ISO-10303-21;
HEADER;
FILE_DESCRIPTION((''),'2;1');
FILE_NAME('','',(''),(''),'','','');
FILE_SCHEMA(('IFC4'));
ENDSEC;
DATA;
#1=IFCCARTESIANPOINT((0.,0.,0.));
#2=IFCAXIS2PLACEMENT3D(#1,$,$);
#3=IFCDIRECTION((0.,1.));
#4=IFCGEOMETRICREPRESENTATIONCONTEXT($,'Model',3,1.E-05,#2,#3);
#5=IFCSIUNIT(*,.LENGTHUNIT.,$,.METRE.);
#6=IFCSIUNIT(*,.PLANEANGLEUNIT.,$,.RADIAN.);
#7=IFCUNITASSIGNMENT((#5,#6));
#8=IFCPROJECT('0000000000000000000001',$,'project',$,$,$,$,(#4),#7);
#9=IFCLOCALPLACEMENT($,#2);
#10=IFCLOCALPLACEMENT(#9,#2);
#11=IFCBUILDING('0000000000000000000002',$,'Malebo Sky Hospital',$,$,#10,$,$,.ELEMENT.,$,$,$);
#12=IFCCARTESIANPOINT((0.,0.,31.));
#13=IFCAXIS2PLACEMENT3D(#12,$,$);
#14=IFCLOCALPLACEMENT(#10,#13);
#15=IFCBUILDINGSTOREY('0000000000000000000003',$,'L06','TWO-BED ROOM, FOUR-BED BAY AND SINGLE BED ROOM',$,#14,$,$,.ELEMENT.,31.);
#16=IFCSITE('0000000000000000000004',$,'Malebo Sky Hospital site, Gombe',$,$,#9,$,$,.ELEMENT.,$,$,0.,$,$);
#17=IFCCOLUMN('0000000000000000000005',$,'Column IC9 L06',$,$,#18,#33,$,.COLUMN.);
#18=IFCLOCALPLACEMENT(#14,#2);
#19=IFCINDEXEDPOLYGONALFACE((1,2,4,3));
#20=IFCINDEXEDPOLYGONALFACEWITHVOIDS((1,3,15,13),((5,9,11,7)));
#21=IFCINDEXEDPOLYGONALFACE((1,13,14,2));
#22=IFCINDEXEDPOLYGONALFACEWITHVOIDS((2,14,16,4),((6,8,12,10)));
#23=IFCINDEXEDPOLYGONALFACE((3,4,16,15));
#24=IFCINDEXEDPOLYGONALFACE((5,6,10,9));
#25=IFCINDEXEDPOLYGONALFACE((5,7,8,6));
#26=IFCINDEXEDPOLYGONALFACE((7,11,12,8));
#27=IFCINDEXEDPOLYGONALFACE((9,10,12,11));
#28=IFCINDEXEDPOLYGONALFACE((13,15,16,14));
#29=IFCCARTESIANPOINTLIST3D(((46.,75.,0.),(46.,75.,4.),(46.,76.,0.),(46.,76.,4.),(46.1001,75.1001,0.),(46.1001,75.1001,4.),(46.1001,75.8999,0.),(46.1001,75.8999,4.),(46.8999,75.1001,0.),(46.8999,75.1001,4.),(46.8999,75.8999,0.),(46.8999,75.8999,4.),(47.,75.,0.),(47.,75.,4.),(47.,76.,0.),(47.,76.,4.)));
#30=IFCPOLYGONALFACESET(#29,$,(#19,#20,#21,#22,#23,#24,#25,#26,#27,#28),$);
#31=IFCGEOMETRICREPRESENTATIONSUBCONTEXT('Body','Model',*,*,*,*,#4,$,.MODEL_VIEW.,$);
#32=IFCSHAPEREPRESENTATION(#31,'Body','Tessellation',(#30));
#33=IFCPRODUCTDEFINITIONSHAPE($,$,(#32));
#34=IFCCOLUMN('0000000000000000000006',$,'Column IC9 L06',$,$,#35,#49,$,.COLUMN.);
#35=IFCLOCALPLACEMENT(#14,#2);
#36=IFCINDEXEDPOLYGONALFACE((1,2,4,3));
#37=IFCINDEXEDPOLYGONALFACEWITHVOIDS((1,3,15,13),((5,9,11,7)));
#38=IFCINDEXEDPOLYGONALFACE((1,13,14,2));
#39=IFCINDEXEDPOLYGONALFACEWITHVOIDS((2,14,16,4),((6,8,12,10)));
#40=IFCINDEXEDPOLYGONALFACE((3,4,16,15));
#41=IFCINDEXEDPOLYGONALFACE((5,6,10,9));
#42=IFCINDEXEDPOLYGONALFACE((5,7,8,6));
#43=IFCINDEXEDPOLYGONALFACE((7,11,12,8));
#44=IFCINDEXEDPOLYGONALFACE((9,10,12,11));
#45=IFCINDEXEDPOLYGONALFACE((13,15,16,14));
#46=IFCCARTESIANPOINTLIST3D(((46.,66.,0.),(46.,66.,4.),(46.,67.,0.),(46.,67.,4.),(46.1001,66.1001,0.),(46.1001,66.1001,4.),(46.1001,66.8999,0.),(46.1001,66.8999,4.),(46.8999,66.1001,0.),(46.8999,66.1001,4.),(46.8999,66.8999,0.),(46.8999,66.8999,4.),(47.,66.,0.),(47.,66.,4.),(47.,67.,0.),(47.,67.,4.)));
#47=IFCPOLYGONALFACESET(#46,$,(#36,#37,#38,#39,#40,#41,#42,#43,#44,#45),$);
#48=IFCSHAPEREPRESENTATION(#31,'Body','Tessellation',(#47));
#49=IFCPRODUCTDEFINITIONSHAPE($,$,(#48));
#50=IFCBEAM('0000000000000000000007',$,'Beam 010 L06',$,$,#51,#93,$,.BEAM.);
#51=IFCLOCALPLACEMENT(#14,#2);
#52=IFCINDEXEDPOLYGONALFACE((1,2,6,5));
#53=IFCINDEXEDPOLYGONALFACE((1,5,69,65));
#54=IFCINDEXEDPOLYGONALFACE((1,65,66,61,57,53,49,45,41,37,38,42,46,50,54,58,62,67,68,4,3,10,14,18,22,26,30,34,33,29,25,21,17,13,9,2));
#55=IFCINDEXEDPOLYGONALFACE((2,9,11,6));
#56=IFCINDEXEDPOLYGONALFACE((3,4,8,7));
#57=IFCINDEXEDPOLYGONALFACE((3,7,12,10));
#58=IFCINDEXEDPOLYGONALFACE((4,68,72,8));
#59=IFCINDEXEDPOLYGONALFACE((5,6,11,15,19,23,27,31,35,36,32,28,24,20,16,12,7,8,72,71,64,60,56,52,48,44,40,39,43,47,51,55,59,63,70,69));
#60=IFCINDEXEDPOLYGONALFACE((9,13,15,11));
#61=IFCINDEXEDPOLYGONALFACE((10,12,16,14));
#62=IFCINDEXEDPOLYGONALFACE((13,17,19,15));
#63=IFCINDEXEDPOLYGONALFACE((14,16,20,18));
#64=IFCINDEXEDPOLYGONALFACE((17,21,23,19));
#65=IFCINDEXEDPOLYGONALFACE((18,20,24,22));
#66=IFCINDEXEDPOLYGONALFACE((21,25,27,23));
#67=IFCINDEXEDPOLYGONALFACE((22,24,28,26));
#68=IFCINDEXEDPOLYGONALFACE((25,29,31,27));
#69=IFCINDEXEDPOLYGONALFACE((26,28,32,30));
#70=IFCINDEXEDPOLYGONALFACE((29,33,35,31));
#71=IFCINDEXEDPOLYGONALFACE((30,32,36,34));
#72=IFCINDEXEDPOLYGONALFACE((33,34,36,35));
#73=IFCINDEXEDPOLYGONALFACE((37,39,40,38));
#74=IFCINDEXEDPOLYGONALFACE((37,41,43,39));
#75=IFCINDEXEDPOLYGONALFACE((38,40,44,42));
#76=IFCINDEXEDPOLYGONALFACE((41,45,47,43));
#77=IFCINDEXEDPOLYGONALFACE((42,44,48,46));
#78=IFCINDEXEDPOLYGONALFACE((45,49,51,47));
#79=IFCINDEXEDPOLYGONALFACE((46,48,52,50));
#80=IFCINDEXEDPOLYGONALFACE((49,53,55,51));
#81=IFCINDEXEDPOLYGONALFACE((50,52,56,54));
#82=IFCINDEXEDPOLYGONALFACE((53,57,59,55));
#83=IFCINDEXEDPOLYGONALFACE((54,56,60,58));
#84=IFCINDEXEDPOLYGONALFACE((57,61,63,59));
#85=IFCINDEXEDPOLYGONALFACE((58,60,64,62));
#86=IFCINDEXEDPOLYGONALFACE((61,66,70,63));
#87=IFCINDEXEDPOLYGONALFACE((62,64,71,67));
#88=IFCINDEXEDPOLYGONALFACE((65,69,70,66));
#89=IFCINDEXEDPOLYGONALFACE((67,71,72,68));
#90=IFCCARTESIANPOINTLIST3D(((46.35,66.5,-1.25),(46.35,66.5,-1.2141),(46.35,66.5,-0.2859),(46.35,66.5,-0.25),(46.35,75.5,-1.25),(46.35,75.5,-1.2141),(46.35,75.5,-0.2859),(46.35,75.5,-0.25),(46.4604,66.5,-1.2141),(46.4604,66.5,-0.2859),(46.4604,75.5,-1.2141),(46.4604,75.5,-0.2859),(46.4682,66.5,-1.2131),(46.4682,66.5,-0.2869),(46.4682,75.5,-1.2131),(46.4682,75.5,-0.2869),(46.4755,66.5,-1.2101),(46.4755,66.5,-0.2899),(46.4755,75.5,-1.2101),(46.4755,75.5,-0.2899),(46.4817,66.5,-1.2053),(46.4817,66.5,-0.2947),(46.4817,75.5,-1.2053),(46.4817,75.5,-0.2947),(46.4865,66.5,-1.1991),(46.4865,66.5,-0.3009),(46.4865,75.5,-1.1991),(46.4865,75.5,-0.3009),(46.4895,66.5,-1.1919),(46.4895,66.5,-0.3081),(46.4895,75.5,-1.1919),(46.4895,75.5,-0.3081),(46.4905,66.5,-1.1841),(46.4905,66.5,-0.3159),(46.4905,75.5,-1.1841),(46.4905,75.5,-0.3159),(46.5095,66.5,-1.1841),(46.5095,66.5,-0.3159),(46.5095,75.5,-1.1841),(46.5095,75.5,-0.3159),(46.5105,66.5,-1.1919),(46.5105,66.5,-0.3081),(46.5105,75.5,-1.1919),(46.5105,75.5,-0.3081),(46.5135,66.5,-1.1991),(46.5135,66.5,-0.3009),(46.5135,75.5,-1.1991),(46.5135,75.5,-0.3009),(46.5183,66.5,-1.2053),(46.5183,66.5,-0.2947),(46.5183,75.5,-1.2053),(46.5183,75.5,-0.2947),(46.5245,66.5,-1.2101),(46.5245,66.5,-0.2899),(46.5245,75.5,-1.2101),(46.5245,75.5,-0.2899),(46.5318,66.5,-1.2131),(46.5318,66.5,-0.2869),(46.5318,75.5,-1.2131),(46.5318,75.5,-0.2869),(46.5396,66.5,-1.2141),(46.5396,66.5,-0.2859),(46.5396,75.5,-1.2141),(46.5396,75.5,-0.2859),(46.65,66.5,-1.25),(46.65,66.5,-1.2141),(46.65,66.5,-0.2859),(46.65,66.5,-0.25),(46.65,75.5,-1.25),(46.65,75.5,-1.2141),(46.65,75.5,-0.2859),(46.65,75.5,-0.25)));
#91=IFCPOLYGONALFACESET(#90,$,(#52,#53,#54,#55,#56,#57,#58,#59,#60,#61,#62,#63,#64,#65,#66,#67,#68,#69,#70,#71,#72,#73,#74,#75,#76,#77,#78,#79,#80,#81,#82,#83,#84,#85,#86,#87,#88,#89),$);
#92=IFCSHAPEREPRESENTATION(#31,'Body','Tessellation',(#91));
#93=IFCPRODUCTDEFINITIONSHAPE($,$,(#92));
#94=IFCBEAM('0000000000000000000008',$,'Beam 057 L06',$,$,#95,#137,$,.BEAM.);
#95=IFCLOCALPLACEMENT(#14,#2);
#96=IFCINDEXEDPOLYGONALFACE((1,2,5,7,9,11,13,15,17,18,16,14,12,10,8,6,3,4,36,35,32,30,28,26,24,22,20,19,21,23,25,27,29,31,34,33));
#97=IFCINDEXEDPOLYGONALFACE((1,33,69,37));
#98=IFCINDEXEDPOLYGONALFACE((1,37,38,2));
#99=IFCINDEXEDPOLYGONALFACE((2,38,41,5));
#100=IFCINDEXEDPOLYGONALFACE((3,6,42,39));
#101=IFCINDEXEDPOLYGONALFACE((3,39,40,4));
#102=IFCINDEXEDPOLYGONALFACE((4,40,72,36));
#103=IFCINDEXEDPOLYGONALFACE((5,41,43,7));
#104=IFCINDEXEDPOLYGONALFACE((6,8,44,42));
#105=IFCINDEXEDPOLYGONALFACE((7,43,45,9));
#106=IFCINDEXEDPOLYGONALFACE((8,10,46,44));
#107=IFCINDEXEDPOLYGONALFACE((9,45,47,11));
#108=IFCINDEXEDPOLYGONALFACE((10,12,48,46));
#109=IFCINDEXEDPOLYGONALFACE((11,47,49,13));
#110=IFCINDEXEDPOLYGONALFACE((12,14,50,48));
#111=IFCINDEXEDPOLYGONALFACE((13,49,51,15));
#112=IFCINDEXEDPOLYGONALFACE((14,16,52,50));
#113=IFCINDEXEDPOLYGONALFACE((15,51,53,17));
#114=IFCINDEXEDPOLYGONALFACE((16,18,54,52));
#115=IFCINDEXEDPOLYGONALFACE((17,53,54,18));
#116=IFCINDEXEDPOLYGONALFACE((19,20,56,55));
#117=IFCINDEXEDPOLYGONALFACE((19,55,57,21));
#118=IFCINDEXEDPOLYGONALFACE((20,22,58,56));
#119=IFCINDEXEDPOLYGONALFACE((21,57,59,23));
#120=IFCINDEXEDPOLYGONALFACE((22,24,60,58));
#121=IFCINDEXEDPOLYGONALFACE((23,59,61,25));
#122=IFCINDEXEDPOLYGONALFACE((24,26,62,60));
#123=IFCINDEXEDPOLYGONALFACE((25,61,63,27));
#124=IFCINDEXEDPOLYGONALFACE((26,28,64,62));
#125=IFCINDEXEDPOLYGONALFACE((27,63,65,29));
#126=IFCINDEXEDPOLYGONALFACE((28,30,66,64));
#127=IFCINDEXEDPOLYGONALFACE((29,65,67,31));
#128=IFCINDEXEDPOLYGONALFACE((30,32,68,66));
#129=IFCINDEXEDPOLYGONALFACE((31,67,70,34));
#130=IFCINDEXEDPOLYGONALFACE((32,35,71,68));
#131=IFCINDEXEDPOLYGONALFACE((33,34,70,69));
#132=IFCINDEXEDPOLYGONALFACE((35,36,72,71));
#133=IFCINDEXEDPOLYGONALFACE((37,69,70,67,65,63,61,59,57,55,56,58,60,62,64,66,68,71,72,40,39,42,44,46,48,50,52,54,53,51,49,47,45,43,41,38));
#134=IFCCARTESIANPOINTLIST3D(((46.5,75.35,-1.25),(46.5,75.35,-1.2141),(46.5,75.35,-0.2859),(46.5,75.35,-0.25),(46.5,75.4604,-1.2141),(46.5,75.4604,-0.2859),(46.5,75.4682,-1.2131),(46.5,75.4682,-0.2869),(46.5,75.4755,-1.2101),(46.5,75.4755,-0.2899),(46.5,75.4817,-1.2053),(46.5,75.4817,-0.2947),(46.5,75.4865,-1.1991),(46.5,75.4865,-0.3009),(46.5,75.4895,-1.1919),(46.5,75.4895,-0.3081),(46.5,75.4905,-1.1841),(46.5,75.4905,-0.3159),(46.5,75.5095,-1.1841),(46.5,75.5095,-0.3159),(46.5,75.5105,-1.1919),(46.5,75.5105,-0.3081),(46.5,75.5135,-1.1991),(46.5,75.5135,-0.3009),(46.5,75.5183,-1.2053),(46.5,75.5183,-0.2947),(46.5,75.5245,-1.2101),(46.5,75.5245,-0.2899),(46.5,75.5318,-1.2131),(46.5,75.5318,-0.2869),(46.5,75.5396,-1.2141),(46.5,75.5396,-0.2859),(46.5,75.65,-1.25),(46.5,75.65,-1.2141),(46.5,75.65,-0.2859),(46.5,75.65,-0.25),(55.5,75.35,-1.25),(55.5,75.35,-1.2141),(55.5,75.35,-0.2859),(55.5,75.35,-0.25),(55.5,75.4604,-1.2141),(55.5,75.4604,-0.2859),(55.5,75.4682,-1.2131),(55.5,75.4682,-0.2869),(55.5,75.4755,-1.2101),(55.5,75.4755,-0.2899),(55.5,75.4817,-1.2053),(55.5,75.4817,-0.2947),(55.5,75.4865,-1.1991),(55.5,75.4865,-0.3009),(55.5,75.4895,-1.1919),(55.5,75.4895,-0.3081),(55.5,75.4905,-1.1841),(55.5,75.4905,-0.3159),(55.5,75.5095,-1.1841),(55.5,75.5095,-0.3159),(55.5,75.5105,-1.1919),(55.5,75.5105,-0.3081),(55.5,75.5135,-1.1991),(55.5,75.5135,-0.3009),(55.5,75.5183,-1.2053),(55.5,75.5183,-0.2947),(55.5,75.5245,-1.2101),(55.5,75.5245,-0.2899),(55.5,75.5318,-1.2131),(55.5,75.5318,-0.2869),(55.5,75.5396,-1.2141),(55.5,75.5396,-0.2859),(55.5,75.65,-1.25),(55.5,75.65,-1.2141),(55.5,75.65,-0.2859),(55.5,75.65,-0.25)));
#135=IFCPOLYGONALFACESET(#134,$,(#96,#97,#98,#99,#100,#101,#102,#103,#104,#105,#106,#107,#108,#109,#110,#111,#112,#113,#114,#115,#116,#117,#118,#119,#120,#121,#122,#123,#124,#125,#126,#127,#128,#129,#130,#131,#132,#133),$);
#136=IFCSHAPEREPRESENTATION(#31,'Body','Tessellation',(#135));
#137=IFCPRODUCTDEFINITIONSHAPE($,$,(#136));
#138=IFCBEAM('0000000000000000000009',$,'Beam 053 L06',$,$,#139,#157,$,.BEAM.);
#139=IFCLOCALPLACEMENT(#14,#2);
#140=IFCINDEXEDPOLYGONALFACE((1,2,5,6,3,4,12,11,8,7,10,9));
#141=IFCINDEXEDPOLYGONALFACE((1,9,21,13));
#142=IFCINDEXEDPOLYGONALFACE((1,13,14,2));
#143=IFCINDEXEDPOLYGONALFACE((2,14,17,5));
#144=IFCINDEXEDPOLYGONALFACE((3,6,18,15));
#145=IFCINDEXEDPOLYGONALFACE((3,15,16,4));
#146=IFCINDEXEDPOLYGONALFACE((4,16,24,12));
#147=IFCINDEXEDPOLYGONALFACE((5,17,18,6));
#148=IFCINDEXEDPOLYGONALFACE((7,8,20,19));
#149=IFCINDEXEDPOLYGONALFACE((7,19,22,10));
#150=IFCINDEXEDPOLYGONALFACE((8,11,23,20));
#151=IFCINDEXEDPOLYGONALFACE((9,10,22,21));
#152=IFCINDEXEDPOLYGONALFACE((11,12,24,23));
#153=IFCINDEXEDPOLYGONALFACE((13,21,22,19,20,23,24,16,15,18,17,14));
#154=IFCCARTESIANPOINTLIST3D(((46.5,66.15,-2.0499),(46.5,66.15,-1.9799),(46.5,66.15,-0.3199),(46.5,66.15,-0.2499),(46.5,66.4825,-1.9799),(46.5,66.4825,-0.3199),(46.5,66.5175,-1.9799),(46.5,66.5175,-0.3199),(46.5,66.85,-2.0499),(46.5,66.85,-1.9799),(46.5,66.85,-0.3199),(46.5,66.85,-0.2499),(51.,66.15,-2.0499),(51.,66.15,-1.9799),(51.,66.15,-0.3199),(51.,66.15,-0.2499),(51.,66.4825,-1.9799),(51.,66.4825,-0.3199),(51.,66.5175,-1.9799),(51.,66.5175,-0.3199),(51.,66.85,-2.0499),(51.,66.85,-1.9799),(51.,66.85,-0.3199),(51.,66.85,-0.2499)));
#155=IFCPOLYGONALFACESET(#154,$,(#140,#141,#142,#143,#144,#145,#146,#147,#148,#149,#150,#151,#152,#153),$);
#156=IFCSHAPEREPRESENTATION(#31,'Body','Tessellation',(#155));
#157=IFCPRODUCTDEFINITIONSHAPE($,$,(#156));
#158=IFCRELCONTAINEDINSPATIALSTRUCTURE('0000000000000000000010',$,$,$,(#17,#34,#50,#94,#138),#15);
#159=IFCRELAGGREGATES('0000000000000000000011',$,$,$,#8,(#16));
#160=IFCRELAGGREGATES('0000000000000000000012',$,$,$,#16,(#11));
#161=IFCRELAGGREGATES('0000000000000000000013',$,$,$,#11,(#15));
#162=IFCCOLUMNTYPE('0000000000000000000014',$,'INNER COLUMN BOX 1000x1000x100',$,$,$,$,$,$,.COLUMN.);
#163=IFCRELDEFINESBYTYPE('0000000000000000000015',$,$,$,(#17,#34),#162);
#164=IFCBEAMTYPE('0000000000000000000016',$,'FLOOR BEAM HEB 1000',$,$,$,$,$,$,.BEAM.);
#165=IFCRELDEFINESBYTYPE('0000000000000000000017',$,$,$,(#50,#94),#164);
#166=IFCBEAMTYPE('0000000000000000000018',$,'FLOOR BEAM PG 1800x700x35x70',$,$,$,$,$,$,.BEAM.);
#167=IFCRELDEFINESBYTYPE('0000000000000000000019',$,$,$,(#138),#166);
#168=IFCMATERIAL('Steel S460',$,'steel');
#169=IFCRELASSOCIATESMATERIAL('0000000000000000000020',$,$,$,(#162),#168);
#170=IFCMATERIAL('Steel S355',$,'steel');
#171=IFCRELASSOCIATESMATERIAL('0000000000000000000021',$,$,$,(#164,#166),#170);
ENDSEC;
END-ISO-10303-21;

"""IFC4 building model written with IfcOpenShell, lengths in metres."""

from ifc_helpers import new_model, si_unit, direction, frame, origin, origin_2d, place, context, subcontext, project, spatial, hollow_rectangle, i_section, extrude, material, material_profile, profile_set, type_object, element, save


model = new_model("IFC4")

# Units and contexts
model_context = context("Model", 3, precision=1e-05, world=origin(), true_north=direction((0.0, 1.0)))
body_context = subcontext(model_context, "Body", "Model", "MODEL_VIEW")
ifc_project = project(units=[si_unit("LENGTHUNIT", "METRE"), si_unit("PLANEANGLEUNIT", "RADIAN")], contexts=[model_context])

# Site, building, storey
site_placement = place(None, origin())
site = spatial("IfcSite", under=ifc_project, at=site_placement, Name="Malebo Sky Hospital site, Gombe", CompositionType="ELEMENT", RefElevation=0.0)
building_placement = place(site_placement, origin())
building = spatial("IfcBuilding", under=site, at=building_placement, Name="Malebo Sky Hospital", CompositionType="ELEMENT")
storey_placement = place(building_placement, frame((0.0, 0.0, 31.0)))
storey = spatial("IfcBuildingStorey", under=building, at=storey_placement, Name="L06", Description="TWO-BED ROOM, FOUR-BED BAY AND SINGLE BED ROOM", CompositionType="ELEMENT", Elevation=31.0)

# Columns
ifc_material_1 = material(Name="Steel S460", Category="steel")
ifc_material_profile_1 = material_profile(ifc_material_1, hollow_rectangle(XDim=1.0, YDim=1.0, WallThickness=0.1001, at=origin_2d()), Name="BOX 1000x1000x100")
ifc_profile_set_1 = profile_set([ifc_material_profile_1], Name="Steel S460")
column_type = type_object("IfcColumnType", Name="INNER COLUMN BOX 1000x1000x100", PredefinedType="COLUMN", material=ifc_profile_set_1)
for number, where, z_axis, x_axis, name in (
    (1, (46.5, 75.5, 0.0), (0.0, 0.0, 1.0), (1.0, 0.0, 0.0), "Column IC9 L06"),
    (2, (46.5, 66.5, 0.0), (0.0, 0.0, 1.0), (1.0, 0.0, 0.0), "Column IC9 L06"),
):
    element("IfcColumn", number, at=place(storey_placement, frame(where, z_axis=z_axis, x_axis=x_axis)), inside=storey, type_object=column_type, Name=name, PredefinedType="COLUMN", context=body_context, shape_type="SweptSolid", body=[
        extrude(hollow_rectangle(XDim=1.0, YDim=1.0, WallThickness=0.1001, at=origin_2d()), origin(), (0.0, 0.0, 1.0), 4.0),
    ])

# Beams
ifc_material_2 = material(Name="Steel S355", Category="steel")
ifc_material_profile_2 = material_profile(ifc_material_2, i_section(OverallWidth=0.3, OverallDepth=1.0, WebThickness=0.019, FlangeThickness=0.0359, FilletRadius=0.03, at=origin_2d()), Name="HEB 1000")
ifc_profile_set_2 = profile_set([ifc_material_profile_2], Name="Steel S355")
beam_type_1 = type_object("IfcBeamType", Name="FLOOR BEAM HEB 1000", PredefinedType="BEAM", material=ifc_profile_set_2)
for number, where, z_axis, x_axis, name in (
    (3, (46.5, 66.5, -0.75), (0.0, 1.0, 0.0), (-1.0, 0.0, 0.0), "Beam 010 L06"),
    (4, (46.5, 75.5, -0.75), (1.0, 0.0, 0.0), (0.0, 1.0, 0.0), "Beam 057 L06"),
):
    element("IfcBeam", number, at=place(storey_placement, frame(where, z_axis=z_axis, x_axis=x_axis)), inside=storey, type_object=beam_type_1, Name=name, PredefinedType="BEAM", context=body_context, shape_type="SweptSolid", body=[
        extrude(i_section(OverallWidth=0.3, OverallDepth=1.0, WebThickness=0.019, FlangeThickness=0.0359, FilletRadius=0.03, at=origin_2d()), origin(), (0.0, 0.0, 1.0), 9.0),
    ])
ifc_material_profile_3 = material_profile(ifc_material_2, i_section(OverallWidth=0.7, OverallDepth=1.8, WebThickness=0.0349, FlangeThickness=0.0701, at=origin_2d()), Name="PG 1800x700x35x70")
ifc_profile_set_3 = profile_set([ifc_material_profile_3], Name="Steel S355")
beam_type_2 = type_object("IfcBeamType", Name="FLOOR BEAM PG 1800x700x35x70", PredefinedType="BEAM", material=ifc_profile_set_3)
beam_1_placement = place(storey_placement, frame((46.5, 66.5, -1.1499), z_axis=(1.0, 0.0, 0.0), x_axis=(0.0, 1.0, 0.0)))
element("IfcBeam", 5, at=beam_1_placement, inside=storey, type_object=beam_type_2, Name="Beam 053 L06", PredefinedType="BEAM", context=body_context, shape_type="SweptSolid", body=[
    extrude(i_section(OverallWidth=0.7, OverallDepth=1.8, WebThickness=0.0349, FlangeThickness=0.0701, at=origin_2d()), origin(), (0.0, 0.0, 1.0), 4.5),
])

save(model, "model.ifc")
